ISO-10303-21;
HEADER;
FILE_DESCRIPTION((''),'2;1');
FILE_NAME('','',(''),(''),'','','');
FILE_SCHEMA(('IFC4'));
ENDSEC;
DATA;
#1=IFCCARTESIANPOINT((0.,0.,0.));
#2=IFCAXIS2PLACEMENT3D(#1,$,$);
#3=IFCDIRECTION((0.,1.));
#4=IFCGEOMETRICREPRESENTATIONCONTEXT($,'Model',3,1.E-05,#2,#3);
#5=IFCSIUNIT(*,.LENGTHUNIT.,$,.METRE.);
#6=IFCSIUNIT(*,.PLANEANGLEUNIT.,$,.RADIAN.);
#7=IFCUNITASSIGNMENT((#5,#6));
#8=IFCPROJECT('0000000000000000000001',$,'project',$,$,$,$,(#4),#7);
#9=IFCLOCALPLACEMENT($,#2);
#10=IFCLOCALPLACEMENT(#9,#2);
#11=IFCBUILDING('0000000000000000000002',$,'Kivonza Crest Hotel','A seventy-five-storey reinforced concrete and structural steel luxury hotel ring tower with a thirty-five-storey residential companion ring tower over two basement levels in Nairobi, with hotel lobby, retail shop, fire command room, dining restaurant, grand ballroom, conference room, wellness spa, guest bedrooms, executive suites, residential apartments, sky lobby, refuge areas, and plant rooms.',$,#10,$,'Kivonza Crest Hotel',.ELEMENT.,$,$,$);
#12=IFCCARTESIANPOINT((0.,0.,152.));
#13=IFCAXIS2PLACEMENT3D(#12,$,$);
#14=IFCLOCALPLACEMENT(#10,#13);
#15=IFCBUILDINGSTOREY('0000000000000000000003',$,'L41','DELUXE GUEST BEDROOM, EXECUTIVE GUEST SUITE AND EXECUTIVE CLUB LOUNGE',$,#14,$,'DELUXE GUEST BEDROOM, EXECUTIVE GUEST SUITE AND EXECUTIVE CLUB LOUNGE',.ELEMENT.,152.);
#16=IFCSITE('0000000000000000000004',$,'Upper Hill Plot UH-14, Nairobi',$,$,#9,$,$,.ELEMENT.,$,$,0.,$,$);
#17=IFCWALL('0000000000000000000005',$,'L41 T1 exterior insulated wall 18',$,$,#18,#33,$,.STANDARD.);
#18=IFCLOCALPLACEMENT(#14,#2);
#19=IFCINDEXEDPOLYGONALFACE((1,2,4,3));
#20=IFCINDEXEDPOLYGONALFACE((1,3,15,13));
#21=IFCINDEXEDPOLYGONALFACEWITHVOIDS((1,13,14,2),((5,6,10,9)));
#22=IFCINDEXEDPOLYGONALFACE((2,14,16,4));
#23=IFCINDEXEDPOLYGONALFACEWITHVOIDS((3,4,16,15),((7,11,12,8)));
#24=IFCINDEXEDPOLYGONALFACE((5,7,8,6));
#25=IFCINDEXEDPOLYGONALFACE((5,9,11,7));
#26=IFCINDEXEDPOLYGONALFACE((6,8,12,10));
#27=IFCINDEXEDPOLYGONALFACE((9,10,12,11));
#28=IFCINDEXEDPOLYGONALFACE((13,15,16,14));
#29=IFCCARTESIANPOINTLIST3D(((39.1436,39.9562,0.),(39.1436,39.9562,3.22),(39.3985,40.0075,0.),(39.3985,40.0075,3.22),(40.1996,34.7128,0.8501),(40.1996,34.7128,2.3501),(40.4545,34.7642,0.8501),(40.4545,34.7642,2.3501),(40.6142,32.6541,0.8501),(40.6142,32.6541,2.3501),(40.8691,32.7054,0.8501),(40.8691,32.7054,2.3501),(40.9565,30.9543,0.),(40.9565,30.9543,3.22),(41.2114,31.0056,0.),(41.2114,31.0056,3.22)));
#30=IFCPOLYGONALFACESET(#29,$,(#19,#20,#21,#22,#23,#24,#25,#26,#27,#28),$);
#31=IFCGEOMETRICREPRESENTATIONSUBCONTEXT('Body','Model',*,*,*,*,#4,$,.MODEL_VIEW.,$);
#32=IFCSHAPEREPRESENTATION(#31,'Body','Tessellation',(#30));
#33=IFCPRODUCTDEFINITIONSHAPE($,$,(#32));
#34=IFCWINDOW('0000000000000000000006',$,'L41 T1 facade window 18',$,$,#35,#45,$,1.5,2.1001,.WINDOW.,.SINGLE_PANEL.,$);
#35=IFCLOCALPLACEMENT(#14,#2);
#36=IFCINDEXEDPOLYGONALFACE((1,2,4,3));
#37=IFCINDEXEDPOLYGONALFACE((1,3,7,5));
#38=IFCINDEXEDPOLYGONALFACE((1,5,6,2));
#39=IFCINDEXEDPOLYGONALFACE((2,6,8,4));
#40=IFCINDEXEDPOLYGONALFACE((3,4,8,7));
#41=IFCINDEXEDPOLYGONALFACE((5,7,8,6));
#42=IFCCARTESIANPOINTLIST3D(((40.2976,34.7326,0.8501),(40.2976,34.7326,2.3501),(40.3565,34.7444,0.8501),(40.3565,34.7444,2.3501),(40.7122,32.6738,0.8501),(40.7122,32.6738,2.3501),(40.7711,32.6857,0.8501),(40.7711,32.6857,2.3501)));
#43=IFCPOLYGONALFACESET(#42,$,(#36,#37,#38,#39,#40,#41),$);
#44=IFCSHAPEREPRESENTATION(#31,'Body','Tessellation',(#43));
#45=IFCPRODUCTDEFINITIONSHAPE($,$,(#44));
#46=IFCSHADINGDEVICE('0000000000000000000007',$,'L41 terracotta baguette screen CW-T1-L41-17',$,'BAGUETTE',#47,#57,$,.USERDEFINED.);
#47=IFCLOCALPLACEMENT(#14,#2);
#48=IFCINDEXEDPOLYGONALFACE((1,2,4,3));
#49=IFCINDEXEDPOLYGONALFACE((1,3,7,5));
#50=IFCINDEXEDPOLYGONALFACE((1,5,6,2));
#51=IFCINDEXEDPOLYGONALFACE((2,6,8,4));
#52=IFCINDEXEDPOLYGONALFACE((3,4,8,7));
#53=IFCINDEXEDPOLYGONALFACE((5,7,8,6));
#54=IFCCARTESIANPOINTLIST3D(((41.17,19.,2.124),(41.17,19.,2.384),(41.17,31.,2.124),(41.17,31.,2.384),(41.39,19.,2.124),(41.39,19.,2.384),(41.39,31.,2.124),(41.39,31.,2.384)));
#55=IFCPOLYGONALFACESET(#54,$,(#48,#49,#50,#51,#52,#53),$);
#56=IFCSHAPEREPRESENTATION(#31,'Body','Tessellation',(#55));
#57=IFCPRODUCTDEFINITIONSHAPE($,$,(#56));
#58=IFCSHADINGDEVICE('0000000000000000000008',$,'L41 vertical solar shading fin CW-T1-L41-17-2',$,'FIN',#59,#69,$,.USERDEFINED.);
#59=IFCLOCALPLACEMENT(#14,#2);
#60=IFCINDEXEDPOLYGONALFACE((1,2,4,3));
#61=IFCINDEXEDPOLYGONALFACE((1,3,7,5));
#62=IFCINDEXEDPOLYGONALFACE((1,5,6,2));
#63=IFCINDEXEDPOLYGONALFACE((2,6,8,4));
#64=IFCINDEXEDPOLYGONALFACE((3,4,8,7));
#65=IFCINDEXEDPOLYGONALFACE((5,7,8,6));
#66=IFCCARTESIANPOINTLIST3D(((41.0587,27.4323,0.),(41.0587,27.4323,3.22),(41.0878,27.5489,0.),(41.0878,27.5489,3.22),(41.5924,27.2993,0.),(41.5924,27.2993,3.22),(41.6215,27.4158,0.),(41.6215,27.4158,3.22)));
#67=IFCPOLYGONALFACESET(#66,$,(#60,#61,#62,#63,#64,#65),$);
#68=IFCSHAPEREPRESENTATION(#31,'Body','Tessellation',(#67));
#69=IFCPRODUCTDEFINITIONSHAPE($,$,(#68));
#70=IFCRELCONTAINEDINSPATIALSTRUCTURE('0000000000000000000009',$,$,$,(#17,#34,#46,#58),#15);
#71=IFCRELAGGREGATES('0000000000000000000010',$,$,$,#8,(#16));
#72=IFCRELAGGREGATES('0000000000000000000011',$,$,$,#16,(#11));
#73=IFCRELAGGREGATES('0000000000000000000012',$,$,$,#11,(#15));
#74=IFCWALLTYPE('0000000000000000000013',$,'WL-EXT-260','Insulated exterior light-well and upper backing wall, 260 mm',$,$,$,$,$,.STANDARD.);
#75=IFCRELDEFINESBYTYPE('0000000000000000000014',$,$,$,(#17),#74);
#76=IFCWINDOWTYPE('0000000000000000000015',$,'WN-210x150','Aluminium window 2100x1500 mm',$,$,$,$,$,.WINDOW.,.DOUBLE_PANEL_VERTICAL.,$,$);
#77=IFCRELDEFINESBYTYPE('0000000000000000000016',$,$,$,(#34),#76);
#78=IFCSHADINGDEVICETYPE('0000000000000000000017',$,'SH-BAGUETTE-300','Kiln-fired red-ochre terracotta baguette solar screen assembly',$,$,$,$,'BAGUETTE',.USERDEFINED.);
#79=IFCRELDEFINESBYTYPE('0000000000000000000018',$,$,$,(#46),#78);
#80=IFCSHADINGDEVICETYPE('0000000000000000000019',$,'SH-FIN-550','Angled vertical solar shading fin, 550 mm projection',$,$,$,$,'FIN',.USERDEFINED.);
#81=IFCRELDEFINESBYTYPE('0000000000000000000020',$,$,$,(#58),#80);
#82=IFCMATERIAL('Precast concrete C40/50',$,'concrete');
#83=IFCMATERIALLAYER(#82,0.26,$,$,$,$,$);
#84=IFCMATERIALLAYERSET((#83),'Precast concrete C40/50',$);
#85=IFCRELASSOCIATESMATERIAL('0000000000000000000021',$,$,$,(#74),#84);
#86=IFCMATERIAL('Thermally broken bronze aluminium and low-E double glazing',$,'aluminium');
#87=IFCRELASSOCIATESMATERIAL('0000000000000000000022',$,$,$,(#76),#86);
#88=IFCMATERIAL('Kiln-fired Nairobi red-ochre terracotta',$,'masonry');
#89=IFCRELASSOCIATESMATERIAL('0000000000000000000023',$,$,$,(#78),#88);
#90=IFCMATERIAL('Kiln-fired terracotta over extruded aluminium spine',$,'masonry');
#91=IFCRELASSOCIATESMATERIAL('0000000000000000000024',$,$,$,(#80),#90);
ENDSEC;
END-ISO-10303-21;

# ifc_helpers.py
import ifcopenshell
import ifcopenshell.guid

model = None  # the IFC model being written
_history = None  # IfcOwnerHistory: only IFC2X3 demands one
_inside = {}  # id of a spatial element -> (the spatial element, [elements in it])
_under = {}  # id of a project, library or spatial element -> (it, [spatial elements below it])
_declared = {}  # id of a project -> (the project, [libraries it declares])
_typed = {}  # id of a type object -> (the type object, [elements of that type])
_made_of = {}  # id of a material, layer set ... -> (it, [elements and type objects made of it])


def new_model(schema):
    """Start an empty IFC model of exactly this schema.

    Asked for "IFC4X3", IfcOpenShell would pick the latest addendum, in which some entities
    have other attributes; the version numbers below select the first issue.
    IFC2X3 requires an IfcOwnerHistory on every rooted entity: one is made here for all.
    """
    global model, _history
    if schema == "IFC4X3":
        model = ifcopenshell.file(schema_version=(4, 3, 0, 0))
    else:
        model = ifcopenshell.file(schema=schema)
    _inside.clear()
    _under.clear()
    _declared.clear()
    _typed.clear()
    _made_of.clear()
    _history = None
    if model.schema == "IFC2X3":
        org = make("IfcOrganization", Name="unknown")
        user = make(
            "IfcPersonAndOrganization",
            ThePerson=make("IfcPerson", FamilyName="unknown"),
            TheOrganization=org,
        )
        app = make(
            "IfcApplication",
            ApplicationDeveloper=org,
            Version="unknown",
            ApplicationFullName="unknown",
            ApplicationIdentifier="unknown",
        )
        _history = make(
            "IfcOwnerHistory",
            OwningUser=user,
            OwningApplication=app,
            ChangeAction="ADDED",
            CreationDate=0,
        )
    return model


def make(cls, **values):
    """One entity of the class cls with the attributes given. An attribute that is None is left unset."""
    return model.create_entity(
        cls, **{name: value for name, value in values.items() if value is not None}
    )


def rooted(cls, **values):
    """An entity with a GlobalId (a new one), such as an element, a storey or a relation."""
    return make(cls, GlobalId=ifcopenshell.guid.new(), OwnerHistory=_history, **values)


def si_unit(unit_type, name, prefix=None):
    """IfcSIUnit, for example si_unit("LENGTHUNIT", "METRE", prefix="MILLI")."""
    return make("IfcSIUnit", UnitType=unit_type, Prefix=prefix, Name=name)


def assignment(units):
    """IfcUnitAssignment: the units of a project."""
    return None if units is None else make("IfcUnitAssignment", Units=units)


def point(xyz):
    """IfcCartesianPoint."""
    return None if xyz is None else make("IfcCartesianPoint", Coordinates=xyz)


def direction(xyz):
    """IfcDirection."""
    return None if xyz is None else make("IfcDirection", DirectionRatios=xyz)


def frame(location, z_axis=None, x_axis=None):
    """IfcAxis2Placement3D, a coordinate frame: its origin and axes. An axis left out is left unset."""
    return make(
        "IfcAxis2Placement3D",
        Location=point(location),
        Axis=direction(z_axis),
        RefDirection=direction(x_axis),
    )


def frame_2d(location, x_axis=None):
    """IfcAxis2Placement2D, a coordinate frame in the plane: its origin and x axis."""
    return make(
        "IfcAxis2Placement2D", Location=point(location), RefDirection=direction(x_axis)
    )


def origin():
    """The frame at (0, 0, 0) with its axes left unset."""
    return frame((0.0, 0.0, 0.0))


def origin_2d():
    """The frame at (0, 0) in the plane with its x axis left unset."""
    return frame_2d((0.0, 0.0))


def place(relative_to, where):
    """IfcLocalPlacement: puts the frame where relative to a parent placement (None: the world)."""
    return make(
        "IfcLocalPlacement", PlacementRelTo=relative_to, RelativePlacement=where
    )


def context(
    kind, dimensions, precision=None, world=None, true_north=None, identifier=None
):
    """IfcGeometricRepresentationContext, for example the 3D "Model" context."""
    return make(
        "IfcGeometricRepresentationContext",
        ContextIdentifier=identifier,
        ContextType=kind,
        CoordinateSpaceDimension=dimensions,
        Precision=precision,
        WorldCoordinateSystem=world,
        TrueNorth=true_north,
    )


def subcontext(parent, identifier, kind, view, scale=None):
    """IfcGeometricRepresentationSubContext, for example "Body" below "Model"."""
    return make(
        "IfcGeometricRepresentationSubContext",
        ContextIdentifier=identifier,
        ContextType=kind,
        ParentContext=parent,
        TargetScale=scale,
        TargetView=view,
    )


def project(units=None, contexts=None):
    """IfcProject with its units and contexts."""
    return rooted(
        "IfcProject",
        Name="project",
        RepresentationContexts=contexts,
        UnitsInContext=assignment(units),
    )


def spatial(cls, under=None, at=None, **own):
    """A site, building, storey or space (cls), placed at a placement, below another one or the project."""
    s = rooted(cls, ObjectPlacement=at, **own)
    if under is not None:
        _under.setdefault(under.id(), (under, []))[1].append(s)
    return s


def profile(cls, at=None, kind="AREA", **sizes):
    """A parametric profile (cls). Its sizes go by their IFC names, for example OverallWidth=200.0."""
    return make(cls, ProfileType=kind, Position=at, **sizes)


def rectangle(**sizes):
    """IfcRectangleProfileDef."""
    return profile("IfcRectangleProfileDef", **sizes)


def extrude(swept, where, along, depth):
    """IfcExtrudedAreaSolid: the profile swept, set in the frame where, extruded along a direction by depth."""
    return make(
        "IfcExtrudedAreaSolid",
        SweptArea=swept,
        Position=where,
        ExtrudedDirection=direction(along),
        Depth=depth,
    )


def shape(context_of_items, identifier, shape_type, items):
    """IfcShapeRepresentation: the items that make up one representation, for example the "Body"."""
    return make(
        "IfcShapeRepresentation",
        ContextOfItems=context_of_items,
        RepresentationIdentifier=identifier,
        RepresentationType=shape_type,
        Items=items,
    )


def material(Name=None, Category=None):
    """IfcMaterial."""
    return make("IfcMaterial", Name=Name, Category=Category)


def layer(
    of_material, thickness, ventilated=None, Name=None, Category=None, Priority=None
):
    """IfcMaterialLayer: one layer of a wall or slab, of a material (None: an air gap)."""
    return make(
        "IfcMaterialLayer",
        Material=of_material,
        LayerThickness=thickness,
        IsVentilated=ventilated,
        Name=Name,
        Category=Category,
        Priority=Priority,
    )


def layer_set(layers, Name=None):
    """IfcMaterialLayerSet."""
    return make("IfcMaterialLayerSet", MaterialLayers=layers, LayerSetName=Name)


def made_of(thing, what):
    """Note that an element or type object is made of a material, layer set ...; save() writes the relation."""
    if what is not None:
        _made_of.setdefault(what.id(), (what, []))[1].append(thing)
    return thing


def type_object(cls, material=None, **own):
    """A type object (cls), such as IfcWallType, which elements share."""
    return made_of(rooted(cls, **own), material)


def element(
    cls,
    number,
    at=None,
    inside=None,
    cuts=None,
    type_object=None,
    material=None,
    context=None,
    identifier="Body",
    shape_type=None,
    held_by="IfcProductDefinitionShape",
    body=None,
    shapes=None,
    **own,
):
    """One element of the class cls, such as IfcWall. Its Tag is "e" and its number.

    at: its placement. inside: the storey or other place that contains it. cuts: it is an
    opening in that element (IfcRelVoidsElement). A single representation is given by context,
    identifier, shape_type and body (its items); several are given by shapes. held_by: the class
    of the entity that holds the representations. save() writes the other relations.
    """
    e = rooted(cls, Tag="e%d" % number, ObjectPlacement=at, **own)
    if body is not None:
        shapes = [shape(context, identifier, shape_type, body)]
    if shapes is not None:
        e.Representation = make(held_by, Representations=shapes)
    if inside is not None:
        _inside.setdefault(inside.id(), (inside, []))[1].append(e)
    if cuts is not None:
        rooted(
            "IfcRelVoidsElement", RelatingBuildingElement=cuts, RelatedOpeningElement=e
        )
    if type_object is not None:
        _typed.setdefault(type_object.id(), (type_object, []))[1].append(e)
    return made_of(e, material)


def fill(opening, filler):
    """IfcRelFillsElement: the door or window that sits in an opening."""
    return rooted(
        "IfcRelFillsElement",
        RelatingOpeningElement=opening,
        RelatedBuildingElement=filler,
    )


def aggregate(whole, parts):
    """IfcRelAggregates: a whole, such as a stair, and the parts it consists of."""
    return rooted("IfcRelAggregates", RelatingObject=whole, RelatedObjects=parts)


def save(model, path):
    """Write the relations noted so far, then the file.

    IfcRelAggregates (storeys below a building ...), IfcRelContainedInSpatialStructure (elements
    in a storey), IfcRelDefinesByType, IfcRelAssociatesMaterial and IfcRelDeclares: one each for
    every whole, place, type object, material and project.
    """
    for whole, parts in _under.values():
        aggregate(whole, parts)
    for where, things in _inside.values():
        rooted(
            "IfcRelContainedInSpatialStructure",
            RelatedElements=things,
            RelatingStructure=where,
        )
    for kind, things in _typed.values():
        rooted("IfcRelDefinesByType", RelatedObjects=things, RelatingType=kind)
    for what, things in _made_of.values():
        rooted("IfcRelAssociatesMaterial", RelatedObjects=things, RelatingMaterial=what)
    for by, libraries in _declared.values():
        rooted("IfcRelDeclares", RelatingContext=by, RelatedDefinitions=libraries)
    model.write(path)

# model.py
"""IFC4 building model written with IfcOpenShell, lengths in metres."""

from ifc_helpers import new_model, si_unit, direction, frame, frame_2d, origin, origin_2d, place, context, subcontext, project, spatial, rectangle, extrude, material, layer, layer_set, type_object, element, fill, save


model = new_model("IFC4")

# Units and contexts
model_context = context("Model", 3, precision=1e-05, world=origin(), true_north=direction((0.0, 1.0)))
body_context = subcontext(model_context, "Body", "Model", "MODEL_VIEW")
ifc_project = project(units=[si_unit("LENGTHUNIT", "METRE"), si_unit("PLANEANGLEUNIT", "RADIAN")], contexts=[model_context])

# Site, building, storey
site_placement = place(None, origin())
site = spatial("IfcSite", under=ifc_project, at=site_placement, Name="Upper Hill Plot UH-14, Nairobi", CompositionType="ELEMENT", RefElevation=0.0)
building_placement = place(site_placement, origin())
building = spatial("IfcBuilding", under=site, at=building_placement, Name="Kivonza Crest Hotel", Description="A seventy-five-storey reinforced concrete and structural steel luxury hotel ring tower with a thirty-five-storey residential companion ring tower over two basement levels in Nairobi, with hotel lobby, retail shop, fire command room, dining restaurant, grand ballroom, conference room, wellness spa, guest bedrooms, executive suites, residential apartments, sky lobby, refuge areas, and plant rooms.", LongName="Kivonza Crest Hotel", CompositionType="ELEMENT")
storey_placement = place(building_placement, frame((0.0, 0.0, 152.0)))
storey = spatial("IfcBuildingStorey", under=building, at=storey_placement, Name="L41", Description="DELUXE GUEST BEDROOM, EXECUTIVE GUEST SUITE AND EXECUTIVE CLUB LOUNGE", LongName="DELUXE GUEST BEDROOM, EXECUTIVE GUEST SUITE AND EXECUTIVE CLUB LOUNGE", CompositionType="ELEMENT", Elevation=152.0)

# Wall, opening, window
ifc_material_1 = material(Name="Precast concrete C40/50", Category="concrete")
ifc_layer_1 = layer(ifc_material_1, 0.26)
ifc_layer_set_1 = layer_set([ifc_layer_1], Name="Precast concrete C40/50")
wall_type_1 = type_object("IfcWallType", Name="WL-EXT-260", Description="Insulated exterior light-well and upper backing wall, 260 mm", PredefinedType="STANDARD", material=ifc_layer_set_1)
wall_1_placement = place(storey_placement, frame((41.084, 30.98, 0.0), z_axis=(0.0, 0.0, 1.0), x_axis=(-0.197435, 0.980316, 0.0)))
wall_1 = element("IfcWall", 1, at=wall_1_placement, inside=storey, type_object=wall_type_1, Name="L41 T1 exterior insulated wall 18", PredefinedType="STANDARD", context=body_context, shape_type="SweptSolid", body=[
    extrude(rectangle(XDim=9.1826, YDim=0.26, at=frame_2d((4.5913, 0.0))), origin(), (0.0, 0.0, 1.0), 3.22),
])
opening_placement = place(wall_1_placement, frame((1.7339, 0.0, 0.8501)))
opening = element("IfcOpeningElement", 2, at=opening_placement, cuts=wall_1, PredefinedType="OPENING", context=body_context, shape_type="SweptSolid", body=[
    extrude(rectangle(XDim=2.1001, YDim=1.5, at=frame_2d((1.05, 0.75))), frame((0.0, 0.1401, 0.0), z_axis=(0.0, -1.0, 0.0), x_axis=(1.0, 0.0, 0.0)), (0.0, 0.0, 1.0), 0.28),
])
ifc_material_2 = material(Name="Thermally broken bronze aluminium and low-E double glazing", Category="aluminium")
window_type = type_object("IfcWindowType", Name="WN-210x150", Description="Aluminium window 2100x1500 mm", PartitioningType="DOUBLE_PANEL_VERTICAL", PredefinedType="WINDOW", material=ifc_material_2)
window_placement = place(opening_placement, origin())
window = element("IfcWindow", 3, at=window_placement, inside=storey, type_object=window_type, Name="L41 T1 facade window 18", OverallHeight=1.5, OverallWidth=2.1001, PartitioningType="SINGLE_PANEL", PredefinedType="WINDOW", context=body_context, shape_type="SweptSolid", body=[
    extrude(rectangle(XDim=2.1001, YDim=1.5, at=frame_2d((1.05, 0.75))), frame((0.0, 0.03, 0.0), z_axis=(0.0, -1.0, 0.0), x_axis=(1.0, 0.0, 0.0)), (0.0, 0.0, 1.0), 0.0601),
])
fill(opening, window)

# Shading devices
ifc_material_3 = material(Name="Kiln-fired Nairobi red-ochre terracotta", Category="masonry")
shading_device_type_1 = type_object("IfcShadingDeviceType", Name="SH-BAGUETTE-300", Description="Kiln-fired red-ochre terracotta baguette solar screen assembly", ElementType="BAGUETTE", PredefinedType="USERDEFINED", material=ifc_material_3)
shading_device_1_placement = place(storey_placement, frame((41.28, 25.0, 2.124), z_axis=(0.0, 0.0, 1.0), x_axis=(0.0, 1.0, 0.0)))
element("IfcShadingDevice", 4, at=shading_device_1_placement, inside=storey, type_object=shading_device_type_1, Name="L41 terracotta baguette screen CW-T1-L41-17", ObjectType="BAGUETTE", PredefinedType="USERDEFINED", context=body_context, shape_type="SweptSolid", body=[
    extrude(rectangle(XDim=12.0, YDim=0.22, at=origin_2d()), origin(), (0.0, 0.0, 1.0), 0.26),
])
ifc_material_4 = material(Name="Kiln-fired terracotta over extruded aluminium spine", Category="masonry")
shading_device_type_2 = type_object("IfcShadingDeviceType", Name="SH-FIN-550", Description="Angled vertical solar shading fin, 550 mm projection", ElementType="FIN", PredefinedType="USERDEFINED", material=ifc_material_4)
shading_device_2_placement = place(storey_placement, frame((41.3401, 27.4241, 0.0), z_axis=(0.0, 0.0, 1.0), x_axis=(0.241922, 0.970296, 0.0)))
element("IfcShadingDevice", 5, at=shading_device_2_placement, inside=storey, type_object=shading_device_type_2, Name="L41 vertical solar shading fin CW-T1-L41-17-2", ObjectType="FIN", PredefinedType="USERDEFINED", context=body_context, shape_type="SweptSolid", body=[
    extrude(rectangle(XDim=0.1201, YDim=0.55, at=origin_2d()), origin(), (0.0, 0.0, 1.0), 3.22),
])

save(model, "model.ifc")
